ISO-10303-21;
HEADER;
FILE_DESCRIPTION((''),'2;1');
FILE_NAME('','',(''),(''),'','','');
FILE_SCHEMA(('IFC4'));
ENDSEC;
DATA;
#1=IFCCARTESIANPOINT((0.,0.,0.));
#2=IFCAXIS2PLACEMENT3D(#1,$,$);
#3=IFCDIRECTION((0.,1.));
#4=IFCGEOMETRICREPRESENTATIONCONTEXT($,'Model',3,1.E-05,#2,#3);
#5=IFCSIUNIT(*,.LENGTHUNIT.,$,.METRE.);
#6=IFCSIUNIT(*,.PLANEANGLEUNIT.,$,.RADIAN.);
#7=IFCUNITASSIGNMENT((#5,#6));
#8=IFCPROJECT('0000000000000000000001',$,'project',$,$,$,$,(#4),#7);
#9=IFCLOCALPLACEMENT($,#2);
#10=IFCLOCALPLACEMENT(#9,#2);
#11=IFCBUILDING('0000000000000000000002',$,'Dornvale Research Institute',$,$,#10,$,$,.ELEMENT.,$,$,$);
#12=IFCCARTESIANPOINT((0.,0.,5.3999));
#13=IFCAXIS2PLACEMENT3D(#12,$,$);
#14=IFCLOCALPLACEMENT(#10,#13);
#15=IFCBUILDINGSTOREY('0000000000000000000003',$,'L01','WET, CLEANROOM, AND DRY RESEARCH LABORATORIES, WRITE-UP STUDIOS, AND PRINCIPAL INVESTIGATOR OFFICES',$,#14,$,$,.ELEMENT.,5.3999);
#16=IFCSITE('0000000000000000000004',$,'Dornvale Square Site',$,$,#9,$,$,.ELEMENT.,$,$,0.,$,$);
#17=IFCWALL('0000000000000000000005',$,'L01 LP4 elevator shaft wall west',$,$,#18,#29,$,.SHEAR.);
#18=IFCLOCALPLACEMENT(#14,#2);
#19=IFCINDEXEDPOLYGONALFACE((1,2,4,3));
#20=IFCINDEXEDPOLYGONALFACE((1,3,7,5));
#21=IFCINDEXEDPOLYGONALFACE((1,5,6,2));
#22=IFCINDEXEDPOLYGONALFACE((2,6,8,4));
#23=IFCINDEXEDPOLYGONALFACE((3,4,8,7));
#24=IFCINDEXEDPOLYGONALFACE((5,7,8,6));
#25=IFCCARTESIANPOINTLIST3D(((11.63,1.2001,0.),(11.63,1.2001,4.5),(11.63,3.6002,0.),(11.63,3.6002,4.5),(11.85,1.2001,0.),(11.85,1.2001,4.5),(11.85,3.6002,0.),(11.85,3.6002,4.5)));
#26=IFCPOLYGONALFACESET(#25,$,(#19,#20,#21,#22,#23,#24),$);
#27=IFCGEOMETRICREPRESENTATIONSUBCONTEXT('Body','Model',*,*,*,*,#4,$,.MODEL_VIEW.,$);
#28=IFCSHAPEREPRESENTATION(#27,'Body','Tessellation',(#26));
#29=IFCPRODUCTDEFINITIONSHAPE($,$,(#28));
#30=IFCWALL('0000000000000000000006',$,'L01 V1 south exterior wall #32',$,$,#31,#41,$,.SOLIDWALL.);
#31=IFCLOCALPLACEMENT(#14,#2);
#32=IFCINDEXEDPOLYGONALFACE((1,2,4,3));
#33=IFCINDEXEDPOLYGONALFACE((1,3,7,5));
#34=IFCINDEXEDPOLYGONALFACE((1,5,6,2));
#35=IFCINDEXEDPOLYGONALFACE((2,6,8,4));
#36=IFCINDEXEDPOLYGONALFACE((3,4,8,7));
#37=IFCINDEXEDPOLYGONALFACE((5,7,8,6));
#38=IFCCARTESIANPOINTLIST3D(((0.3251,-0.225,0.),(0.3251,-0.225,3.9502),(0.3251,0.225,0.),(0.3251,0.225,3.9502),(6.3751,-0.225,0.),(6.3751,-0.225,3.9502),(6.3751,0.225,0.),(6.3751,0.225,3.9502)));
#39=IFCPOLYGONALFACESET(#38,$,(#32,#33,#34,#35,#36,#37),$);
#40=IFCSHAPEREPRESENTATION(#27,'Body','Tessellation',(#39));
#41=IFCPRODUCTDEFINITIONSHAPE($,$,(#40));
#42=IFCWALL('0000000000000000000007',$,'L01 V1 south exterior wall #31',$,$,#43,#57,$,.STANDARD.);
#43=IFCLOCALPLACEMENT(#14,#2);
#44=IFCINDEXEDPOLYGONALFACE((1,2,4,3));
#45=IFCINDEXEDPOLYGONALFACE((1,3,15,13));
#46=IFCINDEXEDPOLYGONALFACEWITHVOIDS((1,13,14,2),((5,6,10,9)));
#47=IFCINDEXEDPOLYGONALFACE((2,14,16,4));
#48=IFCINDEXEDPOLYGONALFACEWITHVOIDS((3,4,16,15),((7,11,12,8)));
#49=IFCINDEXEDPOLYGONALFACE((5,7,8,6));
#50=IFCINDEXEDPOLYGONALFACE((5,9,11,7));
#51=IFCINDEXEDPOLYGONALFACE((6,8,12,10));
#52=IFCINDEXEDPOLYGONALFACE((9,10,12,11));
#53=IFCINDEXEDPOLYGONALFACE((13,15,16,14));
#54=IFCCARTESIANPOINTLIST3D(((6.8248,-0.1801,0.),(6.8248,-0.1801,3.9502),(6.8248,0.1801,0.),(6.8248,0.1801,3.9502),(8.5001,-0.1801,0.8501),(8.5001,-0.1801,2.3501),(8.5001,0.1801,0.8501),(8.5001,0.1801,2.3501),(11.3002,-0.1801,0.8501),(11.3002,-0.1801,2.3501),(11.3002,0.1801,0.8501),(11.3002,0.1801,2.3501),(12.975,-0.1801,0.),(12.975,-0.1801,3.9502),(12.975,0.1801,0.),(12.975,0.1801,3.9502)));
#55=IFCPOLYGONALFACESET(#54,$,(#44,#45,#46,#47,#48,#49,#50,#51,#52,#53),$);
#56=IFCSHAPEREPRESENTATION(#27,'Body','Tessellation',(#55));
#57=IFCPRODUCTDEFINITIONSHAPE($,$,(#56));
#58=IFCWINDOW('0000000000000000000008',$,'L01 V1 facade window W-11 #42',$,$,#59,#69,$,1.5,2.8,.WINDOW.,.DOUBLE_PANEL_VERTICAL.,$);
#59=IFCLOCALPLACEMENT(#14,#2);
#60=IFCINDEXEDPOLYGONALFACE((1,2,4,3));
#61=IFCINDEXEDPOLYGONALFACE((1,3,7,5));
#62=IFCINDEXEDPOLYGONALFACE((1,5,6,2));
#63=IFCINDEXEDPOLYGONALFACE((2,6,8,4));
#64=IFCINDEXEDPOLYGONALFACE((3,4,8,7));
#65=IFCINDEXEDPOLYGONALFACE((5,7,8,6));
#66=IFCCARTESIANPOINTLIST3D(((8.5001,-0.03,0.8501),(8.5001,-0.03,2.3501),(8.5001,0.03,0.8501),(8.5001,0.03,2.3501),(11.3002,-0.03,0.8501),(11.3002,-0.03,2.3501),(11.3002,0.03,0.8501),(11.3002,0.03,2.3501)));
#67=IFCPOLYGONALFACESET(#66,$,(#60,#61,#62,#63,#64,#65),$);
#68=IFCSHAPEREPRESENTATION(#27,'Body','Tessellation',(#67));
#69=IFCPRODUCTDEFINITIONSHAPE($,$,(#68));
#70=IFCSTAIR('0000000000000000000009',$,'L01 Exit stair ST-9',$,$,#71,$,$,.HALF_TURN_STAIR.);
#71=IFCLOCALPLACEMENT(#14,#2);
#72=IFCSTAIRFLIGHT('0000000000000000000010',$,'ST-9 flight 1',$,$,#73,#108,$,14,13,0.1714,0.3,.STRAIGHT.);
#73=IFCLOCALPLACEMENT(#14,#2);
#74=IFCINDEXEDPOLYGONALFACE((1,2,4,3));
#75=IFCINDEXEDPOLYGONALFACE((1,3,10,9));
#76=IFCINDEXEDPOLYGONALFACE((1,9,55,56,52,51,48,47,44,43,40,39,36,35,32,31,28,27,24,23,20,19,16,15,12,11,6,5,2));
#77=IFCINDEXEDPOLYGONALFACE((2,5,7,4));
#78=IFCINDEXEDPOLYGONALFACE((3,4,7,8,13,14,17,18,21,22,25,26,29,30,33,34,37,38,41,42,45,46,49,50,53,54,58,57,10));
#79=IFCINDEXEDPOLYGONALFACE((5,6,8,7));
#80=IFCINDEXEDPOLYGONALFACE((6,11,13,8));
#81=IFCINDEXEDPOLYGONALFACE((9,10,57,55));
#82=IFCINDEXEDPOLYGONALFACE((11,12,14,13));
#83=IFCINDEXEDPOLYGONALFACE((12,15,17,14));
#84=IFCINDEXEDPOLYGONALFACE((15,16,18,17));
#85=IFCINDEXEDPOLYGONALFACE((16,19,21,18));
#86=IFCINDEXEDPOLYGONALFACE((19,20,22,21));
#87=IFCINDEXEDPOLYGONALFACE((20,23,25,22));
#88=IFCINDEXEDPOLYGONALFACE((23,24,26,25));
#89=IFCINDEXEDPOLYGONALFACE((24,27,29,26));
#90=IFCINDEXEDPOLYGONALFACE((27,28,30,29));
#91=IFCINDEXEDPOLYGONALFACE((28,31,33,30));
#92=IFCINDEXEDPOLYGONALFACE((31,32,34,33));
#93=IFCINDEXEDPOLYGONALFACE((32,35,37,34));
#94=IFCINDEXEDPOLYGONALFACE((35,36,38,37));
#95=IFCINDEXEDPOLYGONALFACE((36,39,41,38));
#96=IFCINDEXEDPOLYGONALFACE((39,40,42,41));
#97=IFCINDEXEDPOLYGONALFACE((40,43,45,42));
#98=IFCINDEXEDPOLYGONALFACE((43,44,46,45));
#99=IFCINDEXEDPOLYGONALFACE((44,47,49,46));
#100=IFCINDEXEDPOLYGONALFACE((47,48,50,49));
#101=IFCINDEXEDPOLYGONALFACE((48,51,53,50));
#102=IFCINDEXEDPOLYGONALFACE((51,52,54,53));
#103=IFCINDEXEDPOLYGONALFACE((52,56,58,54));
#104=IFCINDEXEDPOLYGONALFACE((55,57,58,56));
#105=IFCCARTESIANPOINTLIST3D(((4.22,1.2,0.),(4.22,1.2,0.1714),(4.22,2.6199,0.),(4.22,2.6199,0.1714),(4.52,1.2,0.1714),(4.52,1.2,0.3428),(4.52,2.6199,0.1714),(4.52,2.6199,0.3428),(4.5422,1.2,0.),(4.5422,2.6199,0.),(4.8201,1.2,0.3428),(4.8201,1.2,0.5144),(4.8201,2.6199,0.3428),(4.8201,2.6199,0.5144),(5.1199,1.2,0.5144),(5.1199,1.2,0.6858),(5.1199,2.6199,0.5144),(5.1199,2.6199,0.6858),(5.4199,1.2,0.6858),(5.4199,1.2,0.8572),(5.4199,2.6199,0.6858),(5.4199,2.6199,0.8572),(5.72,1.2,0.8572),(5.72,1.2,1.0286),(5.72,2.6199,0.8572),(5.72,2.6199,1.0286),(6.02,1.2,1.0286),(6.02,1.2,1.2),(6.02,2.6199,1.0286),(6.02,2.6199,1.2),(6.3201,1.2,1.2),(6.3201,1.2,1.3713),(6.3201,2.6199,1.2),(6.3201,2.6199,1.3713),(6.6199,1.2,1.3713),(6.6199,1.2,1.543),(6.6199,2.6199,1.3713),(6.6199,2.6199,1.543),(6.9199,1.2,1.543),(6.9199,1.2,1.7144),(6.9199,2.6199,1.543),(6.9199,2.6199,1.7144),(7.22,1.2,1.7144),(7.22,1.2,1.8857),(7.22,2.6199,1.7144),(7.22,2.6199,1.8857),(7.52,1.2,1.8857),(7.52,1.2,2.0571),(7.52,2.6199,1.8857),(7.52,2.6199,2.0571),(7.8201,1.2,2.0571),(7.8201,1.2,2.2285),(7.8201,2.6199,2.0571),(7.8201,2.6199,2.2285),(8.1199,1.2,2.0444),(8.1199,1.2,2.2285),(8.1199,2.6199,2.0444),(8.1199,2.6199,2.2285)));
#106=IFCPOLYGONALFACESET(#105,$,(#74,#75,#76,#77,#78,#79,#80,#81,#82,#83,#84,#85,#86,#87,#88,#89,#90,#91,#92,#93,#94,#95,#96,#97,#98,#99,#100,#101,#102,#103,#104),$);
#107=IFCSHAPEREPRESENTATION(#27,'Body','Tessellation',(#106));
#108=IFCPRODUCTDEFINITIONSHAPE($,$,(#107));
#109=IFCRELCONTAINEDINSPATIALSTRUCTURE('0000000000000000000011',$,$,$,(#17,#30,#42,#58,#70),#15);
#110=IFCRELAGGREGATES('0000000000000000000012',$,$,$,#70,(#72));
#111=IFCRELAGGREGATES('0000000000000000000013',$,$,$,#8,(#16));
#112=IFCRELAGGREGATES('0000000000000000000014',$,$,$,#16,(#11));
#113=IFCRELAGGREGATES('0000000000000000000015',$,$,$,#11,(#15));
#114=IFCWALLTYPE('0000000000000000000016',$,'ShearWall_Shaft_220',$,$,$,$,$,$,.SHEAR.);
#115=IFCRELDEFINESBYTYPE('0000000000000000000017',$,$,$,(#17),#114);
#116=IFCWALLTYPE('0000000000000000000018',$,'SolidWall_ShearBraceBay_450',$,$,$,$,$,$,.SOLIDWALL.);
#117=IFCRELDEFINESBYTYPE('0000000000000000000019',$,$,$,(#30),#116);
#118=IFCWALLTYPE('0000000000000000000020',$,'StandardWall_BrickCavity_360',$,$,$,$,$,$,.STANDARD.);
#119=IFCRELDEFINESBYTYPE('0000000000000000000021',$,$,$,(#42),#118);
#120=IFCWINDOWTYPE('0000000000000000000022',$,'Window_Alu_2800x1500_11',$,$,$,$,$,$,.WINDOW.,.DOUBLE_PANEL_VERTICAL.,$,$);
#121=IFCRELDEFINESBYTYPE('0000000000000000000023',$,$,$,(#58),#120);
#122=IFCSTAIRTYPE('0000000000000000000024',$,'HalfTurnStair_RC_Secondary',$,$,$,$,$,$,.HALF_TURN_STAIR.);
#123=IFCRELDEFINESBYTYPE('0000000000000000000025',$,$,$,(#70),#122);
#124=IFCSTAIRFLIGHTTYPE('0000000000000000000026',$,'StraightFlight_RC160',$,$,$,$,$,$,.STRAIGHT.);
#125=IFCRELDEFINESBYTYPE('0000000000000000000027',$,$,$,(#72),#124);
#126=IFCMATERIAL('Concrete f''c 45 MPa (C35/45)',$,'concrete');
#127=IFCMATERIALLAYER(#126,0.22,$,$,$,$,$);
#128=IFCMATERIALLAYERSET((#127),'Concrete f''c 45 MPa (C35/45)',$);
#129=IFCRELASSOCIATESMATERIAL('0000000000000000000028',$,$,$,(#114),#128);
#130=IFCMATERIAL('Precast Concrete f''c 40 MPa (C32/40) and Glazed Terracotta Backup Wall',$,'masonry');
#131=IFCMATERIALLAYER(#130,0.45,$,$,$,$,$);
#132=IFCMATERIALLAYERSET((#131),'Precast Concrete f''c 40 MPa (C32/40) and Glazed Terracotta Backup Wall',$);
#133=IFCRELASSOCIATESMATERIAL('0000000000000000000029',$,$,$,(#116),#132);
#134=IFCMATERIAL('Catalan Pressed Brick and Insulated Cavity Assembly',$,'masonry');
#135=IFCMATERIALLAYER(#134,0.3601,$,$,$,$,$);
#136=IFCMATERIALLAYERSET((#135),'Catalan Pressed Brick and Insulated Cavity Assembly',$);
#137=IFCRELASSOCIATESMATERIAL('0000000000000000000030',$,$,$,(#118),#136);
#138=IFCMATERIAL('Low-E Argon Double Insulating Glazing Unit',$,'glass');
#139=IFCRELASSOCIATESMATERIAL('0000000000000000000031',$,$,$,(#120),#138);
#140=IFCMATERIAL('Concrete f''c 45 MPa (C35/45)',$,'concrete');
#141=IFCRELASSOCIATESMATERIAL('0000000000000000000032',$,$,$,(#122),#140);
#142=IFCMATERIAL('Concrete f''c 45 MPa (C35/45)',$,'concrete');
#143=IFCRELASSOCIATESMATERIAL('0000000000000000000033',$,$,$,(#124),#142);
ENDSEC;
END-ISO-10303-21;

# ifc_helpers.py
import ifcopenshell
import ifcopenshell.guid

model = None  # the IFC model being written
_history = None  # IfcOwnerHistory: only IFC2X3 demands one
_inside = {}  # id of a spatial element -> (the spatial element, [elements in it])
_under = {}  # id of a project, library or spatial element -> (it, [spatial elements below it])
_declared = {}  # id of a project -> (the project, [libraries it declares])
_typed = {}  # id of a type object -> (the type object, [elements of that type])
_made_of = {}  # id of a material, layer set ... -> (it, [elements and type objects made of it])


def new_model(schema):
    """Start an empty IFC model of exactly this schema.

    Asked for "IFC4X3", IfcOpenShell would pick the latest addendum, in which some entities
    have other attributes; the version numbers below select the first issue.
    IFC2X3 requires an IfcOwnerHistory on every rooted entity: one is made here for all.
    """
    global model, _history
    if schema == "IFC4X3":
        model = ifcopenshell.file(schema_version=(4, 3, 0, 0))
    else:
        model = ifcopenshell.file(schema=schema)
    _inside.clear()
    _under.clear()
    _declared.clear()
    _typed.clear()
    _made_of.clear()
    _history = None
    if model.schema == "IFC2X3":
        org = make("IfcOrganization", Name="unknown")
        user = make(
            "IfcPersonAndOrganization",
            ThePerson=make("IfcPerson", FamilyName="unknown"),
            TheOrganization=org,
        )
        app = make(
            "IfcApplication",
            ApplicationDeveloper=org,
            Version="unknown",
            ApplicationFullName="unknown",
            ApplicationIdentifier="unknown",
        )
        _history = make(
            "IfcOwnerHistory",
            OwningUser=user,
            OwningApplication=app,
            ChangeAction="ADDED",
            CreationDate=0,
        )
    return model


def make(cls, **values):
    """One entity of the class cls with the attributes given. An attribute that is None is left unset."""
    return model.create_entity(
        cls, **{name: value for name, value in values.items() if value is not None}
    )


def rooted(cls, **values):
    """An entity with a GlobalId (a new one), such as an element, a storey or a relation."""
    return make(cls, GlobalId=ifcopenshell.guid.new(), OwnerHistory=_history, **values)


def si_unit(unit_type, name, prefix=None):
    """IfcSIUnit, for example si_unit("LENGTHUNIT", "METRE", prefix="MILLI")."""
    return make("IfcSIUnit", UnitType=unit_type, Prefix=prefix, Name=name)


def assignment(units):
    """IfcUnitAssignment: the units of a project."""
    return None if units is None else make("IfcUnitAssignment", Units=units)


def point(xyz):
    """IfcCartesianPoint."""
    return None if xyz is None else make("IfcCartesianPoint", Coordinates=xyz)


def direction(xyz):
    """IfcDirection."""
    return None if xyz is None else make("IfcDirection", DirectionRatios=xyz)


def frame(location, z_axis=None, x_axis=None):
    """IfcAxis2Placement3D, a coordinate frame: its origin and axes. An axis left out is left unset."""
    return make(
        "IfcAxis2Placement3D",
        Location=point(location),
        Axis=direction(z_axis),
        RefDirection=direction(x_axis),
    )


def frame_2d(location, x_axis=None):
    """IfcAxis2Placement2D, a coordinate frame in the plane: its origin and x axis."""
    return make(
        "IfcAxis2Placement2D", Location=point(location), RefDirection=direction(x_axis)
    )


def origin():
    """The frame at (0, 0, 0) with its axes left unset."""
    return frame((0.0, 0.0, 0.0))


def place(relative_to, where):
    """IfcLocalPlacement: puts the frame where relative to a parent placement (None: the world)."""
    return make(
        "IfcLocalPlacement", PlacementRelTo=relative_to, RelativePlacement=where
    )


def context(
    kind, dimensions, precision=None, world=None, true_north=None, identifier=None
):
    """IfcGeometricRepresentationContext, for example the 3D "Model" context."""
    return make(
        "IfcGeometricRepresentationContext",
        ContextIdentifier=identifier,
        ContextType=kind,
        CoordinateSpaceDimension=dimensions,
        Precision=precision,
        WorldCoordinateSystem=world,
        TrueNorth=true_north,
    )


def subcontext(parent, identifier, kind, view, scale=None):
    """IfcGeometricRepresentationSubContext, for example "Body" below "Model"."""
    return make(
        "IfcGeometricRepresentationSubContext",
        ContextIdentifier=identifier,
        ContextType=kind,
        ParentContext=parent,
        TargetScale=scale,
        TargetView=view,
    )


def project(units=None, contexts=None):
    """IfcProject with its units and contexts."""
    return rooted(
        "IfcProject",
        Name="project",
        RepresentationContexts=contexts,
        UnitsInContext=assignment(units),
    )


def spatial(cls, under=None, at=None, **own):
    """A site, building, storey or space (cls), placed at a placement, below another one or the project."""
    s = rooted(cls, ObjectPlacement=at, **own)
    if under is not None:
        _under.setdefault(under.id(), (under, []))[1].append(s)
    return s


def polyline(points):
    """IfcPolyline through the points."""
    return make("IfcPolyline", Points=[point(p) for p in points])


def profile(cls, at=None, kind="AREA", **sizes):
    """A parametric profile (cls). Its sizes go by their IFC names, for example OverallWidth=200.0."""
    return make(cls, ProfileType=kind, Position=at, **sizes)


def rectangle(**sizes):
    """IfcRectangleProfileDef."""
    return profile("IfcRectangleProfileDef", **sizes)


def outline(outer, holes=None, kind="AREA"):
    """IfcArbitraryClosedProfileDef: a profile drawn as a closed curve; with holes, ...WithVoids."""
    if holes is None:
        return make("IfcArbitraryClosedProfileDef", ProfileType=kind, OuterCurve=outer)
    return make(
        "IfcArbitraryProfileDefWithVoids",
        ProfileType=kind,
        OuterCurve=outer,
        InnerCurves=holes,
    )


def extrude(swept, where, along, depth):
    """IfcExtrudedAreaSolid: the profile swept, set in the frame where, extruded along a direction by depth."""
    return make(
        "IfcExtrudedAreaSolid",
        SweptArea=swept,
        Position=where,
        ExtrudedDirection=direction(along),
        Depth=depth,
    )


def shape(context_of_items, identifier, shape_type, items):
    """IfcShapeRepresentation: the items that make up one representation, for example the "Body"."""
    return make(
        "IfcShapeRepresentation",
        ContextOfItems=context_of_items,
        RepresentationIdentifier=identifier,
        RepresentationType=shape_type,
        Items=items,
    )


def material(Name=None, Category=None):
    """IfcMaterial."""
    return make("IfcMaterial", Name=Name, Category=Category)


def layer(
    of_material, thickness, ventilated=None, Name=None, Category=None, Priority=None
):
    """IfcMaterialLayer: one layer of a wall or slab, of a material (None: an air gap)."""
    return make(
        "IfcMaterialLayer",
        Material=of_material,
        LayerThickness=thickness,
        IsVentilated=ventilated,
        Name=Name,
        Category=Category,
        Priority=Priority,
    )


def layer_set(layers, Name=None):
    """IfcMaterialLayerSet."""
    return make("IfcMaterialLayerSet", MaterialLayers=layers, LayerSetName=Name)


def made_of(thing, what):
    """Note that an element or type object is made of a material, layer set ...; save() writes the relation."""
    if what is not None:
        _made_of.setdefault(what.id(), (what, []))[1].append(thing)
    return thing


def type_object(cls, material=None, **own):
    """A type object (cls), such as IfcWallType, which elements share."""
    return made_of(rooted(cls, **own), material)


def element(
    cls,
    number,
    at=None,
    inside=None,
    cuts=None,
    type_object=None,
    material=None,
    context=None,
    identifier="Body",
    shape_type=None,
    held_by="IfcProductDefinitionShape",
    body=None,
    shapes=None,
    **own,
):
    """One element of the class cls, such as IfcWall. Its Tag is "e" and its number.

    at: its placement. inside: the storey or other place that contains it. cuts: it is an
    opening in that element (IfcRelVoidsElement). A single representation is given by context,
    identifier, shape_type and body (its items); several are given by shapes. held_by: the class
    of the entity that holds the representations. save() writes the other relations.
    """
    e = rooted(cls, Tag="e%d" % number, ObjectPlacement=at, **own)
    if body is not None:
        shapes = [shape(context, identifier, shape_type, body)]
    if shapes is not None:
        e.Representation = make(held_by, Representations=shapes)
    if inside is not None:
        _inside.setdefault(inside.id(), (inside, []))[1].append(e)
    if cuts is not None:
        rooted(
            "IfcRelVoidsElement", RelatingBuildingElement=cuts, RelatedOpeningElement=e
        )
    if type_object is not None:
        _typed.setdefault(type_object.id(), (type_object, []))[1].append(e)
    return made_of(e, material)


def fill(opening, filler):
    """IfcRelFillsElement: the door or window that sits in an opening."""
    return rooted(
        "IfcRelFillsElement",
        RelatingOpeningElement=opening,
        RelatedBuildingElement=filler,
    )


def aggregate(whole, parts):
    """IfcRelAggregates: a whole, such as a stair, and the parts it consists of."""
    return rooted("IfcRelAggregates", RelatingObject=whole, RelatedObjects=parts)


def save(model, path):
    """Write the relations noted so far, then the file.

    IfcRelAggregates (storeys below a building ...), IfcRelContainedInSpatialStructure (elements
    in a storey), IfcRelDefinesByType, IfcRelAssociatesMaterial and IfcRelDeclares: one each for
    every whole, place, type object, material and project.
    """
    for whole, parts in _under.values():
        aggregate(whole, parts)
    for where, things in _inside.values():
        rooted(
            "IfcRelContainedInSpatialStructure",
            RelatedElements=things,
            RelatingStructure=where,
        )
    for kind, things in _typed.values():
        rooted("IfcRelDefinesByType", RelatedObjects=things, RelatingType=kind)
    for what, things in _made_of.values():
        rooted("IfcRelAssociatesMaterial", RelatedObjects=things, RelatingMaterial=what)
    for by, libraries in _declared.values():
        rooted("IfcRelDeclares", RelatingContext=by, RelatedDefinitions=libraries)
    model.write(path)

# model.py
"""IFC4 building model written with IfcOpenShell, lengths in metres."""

from ifc_helpers import new_model, si_unit, direction, frame, frame_2d, origin, place, context, subcontext, project, spatial, polyline, rectangle, outline, extrude, material, layer, layer_set, type_object, element, fill, aggregate, save


model = new_model("IFC4")

# Units and contexts
model_context = context("Model", 3, precision=1e-05, world=origin(), true_north=direction((0.0, 1.0)))
body_context = subcontext(model_context, "Body", "Model", "MODEL_VIEW")
ifc_project = project(units=[si_unit("LENGTHUNIT", "METRE"), si_unit("PLANEANGLEUNIT", "RADIAN")], contexts=[model_context])

# Site, building, storey
site_placement = place(None, origin())
site = spatial("IfcSite", under=ifc_project, at=site_placement, Name="Dornvale Square Site", CompositionType="ELEMENT", RefElevation=0.0)
building_placement = place(site_placement, origin())
building = spatial("IfcBuilding", under=site, at=building_placement, Name="Dornvale Research Institute", CompositionType="ELEMENT")
storey_placement = place(building_placement, frame((0.0, 0.0, 5.3999)))
storey = spatial("IfcBuildingStorey", under=building, at=storey_placement, Name="L01", Description="WET, CLEANROOM, AND DRY RESEARCH LABORATORIES, WRITE-UP STUDIOS, AND PRINCIPAL INVESTIGATOR OFFICES", CompositionType="ELEMENT", Elevation=5.3999)

# Walls
ifc_material_1 = material(Name="Concrete f'c 45 MPa (C35/45)", Category="concrete")
ifc_layer_1 = layer(ifc_material_1, 0.22)
ifc_layer_set_1 = layer_set([ifc_layer_1], Name="Concrete f'c 45 MPa (C35/45)")
wall_type_1 = type_object("IfcWallType", Name="ShearWall_Shaft_220", PredefinedType="SHEAR", material=ifc_layer_set_1)
wall_1_placement = place(storey_placement, frame((11.74, 1.2, 0.0), z_axis=(0.0, 0.0, 1.0), x_axis=(0.0, 1.0, 0.0)))
element("IfcWall", 1, at=wall_1_placement, inside=storey, type_object=wall_type_1, Name="L01 LP4 elevator shaft wall west", PredefinedType="SHEAR", context=body_context, shape_type="SweptSolid", body=[
    extrude(rectangle(XDim=2.4001, YDim=0.22, at=frame_2d((1.2002, 0.0))), origin(), (0.0, 0.0, 1.0), 4.5),
])
ifc_material_2 = material(Name="Precast Concrete f'c 40 MPa (C32/40) and Glazed Terracotta Backup Wall", Category="masonry")
ifc_layer_2 = layer(ifc_material_2, 0.45)
ifc_layer_set_2 = layer_set([ifc_layer_2], Name="Precast Concrete f'c 40 MPa (C32/40) and Glazed Terracotta Backup Wall")
wall_type_2 = type_object("IfcWallType", Name="SolidWall_ShearBraceBay_450", PredefinedType="SOLIDWALL", material=ifc_layer_set_2)
wall_2_placement = place(storey_placement, frame((6.375, 0.0, 0.0), z_axis=(0.0, 0.0, 1.0), x_axis=(-1.0, 0.0, 0.0)))
element("IfcWall", 2, at=wall_2_placement, inside=storey, type_object=wall_type_2, Name="L01 V1 south exterior wall #32", PredefinedType="SOLIDWALL", context=body_context, shape_type="SweptSolid", body=[
    extrude(rectangle(XDim=6.05, YDim=0.45, at=frame_2d((3.0249, 0.0))), origin(), (0.0, 0.0, 1.0), 3.9502),
])

# Wall, opening, window
ifc_material_3 = material(Name="Catalan Pressed Brick and Insulated Cavity Assembly", Category="masonry")
ifc_layer_3 = layer(ifc_material_3, 0.3601)
ifc_layer_set_3 = layer_set([ifc_layer_3], Name="Catalan Pressed Brick and Insulated Cavity Assembly")
wall_type_3 = type_object("IfcWallType", Name="StandardWall_BrickCavity_360", PredefinedType="STANDARD", material=ifc_layer_set_3)
wall_3_placement = place(storey_placement, frame((12.9751, 0.0, 0.0), z_axis=(0.0, 0.0, 1.0), x_axis=(-1.0, 0.0, 0.0)))
wall_3 = element("IfcWall", 3, at=wall_3_placement, inside=storey, type_object=wall_type_3, Name="L01 V1 south exterior wall #31", PredefinedType="STANDARD", context=body_context, shape_type="SweptSolid", body=[
    extrude(rectangle(XDim=6.1501, YDim=0.3601, at=frame_2d((3.0752, 0.0))), origin(), (0.0, 0.0, 1.0), 3.9502),
])
opening_1_placement = place(wall_3_placement, frame((1.675, 0.0, 0.8501)))
opening_1 = element("IfcOpeningElement", 4, at=opening_1_placement, cuts=wall_3, PredefinedType="OPENING", context=body_context, shape_type="SweptSolid", body=[
    extrude(rectangle(XDim=2.8, YDim=1.5, at=frame_2d((1.3999, 0.75))), frame((0.0, 0.1951, 0.0), z_axis=(0.0, -1.0, 0.0), x_axis=(1.0, 0.0, 0.0)), (0.0, 0.0, 1.0), 0.3901),
])
ifc_material_4 = material(Name="Low-E Argon Double Insulating Glazing Unit", Category="glass")
window_type = type_object("IfcWindowType", Name="Window_Alu_2800x1500_11", PartitioningType="DOUBLE_PANEL_VERTICAL", PredefinedType="WINDOW", material=ifc_material_4)
window_placement = place(opening_1_placement, origin())
window = element("IfcWindow", 5, at=window_placement, inside=storey, type_object=window_type, Name="L01 V1 facade window W-11 #42", OverallHeight=1.5, OverallWidth=2.8, PartitioningType="DOUBLE_PANEL_VERTICAL", PredefinedType="WINDOW", context=body_context, shape_type="SweptSolid", body=[
    extrude(rectangle(XDim=2.8, YDim=1.5, at=frame_2d((1.3999, 0.75))), frame((0.0, 0.03, 0.0), z_axis=(0.0, -1.0, 0.0), x_axis=(1.0, 0.0, 0.0)), (0.0, 0.0, 1.0), 0.0601),
])
fill(opening_1, window)

# Stair, stair flight
ifc_material_5 = material(Name="Concrete f'c 45 MPa (C35/45)", Category="concrete")
stair_type = type_object("IfcStairType", Name="HalfTurnStair_RC_Secondary", PredefinedType="HALF_TURN_STAIR", material=ifc_material_5)
stair_placement = place(storey_placement, origin())
stair = element("IfcStair", 6, at=stair_placement, inside=storey, type_object=stair_type, Name="L01 Exit stair ST-9", PredefinedType="HALF_TURN_STAIR")
ifc_material_6 = material(Name="Concrete f'c 45 MPa (C35/45)", Category="concrete")
stair_flight_type = type_object("IfcStairFlightType", Name="StraightFlight_RC160", PredefinedType="STRAIGHT", material=ifc_material_6)
stair_flight_placement = place(storey_placement, frame((4.22, 1.9099, 0.0), z_axis=(0.0, 0.0, 1.0), x_axis=(1.0, 0.0, 0.0)))
stair_flight = element("IfcStairFlight", 7, at=stair_flight_placement, type_object=stair_flight_type, Name="ST-9 flight 1", NumberOfRisers=14, NumberOfTreads=13, PredefinedType="STRAIGHT", RiserHeight=0.1714, TreadLength=0.3, context=body_context, shape_type="SweptSolid", body=[
    extrude(outline(polyline([(0.0, 0.0), (0.0, 0.1714), (0.3, 0.1714), (0.3, 0.3428), (0.6001, 0.3428), (0.6001, 0.5144), (0.8999, 0.5144), (0.8999, 0.6858), (1.2, 0.6858), (1.2, 0.8572), (1.5, 0.8572), (1.5, 1.0286), (1.8, 1.0286), (1.8, 1.2), (2.1001, 1.2), (2.1001, 1.3713), (2.3999, 1.3713), (2.3999, 1.543), (2.7, 1.543), (2.7, 1.7144), (3.0, 1.7144), (3.0, 1.8857), (3.3, 1.8857), (3.3, 2.0571), (3.6001, 2.0571), (3.6001, 2.2285), (3.8999, 2.2285), (3.8999, 2.3999), (3.8999, 2.0444), (0.3223, 0.0), (0.0, 0.0)])), frame((0.0, 0.71, 0.0), z_axis=(0.0, -1.0, 0.0), x_axis=(1.0, 0.0, 0.0)), (0.0, 0.0, 1.0), 1.4199),
])
aggregate(stair, [stair_flight])

save(model, "model.ifc")
